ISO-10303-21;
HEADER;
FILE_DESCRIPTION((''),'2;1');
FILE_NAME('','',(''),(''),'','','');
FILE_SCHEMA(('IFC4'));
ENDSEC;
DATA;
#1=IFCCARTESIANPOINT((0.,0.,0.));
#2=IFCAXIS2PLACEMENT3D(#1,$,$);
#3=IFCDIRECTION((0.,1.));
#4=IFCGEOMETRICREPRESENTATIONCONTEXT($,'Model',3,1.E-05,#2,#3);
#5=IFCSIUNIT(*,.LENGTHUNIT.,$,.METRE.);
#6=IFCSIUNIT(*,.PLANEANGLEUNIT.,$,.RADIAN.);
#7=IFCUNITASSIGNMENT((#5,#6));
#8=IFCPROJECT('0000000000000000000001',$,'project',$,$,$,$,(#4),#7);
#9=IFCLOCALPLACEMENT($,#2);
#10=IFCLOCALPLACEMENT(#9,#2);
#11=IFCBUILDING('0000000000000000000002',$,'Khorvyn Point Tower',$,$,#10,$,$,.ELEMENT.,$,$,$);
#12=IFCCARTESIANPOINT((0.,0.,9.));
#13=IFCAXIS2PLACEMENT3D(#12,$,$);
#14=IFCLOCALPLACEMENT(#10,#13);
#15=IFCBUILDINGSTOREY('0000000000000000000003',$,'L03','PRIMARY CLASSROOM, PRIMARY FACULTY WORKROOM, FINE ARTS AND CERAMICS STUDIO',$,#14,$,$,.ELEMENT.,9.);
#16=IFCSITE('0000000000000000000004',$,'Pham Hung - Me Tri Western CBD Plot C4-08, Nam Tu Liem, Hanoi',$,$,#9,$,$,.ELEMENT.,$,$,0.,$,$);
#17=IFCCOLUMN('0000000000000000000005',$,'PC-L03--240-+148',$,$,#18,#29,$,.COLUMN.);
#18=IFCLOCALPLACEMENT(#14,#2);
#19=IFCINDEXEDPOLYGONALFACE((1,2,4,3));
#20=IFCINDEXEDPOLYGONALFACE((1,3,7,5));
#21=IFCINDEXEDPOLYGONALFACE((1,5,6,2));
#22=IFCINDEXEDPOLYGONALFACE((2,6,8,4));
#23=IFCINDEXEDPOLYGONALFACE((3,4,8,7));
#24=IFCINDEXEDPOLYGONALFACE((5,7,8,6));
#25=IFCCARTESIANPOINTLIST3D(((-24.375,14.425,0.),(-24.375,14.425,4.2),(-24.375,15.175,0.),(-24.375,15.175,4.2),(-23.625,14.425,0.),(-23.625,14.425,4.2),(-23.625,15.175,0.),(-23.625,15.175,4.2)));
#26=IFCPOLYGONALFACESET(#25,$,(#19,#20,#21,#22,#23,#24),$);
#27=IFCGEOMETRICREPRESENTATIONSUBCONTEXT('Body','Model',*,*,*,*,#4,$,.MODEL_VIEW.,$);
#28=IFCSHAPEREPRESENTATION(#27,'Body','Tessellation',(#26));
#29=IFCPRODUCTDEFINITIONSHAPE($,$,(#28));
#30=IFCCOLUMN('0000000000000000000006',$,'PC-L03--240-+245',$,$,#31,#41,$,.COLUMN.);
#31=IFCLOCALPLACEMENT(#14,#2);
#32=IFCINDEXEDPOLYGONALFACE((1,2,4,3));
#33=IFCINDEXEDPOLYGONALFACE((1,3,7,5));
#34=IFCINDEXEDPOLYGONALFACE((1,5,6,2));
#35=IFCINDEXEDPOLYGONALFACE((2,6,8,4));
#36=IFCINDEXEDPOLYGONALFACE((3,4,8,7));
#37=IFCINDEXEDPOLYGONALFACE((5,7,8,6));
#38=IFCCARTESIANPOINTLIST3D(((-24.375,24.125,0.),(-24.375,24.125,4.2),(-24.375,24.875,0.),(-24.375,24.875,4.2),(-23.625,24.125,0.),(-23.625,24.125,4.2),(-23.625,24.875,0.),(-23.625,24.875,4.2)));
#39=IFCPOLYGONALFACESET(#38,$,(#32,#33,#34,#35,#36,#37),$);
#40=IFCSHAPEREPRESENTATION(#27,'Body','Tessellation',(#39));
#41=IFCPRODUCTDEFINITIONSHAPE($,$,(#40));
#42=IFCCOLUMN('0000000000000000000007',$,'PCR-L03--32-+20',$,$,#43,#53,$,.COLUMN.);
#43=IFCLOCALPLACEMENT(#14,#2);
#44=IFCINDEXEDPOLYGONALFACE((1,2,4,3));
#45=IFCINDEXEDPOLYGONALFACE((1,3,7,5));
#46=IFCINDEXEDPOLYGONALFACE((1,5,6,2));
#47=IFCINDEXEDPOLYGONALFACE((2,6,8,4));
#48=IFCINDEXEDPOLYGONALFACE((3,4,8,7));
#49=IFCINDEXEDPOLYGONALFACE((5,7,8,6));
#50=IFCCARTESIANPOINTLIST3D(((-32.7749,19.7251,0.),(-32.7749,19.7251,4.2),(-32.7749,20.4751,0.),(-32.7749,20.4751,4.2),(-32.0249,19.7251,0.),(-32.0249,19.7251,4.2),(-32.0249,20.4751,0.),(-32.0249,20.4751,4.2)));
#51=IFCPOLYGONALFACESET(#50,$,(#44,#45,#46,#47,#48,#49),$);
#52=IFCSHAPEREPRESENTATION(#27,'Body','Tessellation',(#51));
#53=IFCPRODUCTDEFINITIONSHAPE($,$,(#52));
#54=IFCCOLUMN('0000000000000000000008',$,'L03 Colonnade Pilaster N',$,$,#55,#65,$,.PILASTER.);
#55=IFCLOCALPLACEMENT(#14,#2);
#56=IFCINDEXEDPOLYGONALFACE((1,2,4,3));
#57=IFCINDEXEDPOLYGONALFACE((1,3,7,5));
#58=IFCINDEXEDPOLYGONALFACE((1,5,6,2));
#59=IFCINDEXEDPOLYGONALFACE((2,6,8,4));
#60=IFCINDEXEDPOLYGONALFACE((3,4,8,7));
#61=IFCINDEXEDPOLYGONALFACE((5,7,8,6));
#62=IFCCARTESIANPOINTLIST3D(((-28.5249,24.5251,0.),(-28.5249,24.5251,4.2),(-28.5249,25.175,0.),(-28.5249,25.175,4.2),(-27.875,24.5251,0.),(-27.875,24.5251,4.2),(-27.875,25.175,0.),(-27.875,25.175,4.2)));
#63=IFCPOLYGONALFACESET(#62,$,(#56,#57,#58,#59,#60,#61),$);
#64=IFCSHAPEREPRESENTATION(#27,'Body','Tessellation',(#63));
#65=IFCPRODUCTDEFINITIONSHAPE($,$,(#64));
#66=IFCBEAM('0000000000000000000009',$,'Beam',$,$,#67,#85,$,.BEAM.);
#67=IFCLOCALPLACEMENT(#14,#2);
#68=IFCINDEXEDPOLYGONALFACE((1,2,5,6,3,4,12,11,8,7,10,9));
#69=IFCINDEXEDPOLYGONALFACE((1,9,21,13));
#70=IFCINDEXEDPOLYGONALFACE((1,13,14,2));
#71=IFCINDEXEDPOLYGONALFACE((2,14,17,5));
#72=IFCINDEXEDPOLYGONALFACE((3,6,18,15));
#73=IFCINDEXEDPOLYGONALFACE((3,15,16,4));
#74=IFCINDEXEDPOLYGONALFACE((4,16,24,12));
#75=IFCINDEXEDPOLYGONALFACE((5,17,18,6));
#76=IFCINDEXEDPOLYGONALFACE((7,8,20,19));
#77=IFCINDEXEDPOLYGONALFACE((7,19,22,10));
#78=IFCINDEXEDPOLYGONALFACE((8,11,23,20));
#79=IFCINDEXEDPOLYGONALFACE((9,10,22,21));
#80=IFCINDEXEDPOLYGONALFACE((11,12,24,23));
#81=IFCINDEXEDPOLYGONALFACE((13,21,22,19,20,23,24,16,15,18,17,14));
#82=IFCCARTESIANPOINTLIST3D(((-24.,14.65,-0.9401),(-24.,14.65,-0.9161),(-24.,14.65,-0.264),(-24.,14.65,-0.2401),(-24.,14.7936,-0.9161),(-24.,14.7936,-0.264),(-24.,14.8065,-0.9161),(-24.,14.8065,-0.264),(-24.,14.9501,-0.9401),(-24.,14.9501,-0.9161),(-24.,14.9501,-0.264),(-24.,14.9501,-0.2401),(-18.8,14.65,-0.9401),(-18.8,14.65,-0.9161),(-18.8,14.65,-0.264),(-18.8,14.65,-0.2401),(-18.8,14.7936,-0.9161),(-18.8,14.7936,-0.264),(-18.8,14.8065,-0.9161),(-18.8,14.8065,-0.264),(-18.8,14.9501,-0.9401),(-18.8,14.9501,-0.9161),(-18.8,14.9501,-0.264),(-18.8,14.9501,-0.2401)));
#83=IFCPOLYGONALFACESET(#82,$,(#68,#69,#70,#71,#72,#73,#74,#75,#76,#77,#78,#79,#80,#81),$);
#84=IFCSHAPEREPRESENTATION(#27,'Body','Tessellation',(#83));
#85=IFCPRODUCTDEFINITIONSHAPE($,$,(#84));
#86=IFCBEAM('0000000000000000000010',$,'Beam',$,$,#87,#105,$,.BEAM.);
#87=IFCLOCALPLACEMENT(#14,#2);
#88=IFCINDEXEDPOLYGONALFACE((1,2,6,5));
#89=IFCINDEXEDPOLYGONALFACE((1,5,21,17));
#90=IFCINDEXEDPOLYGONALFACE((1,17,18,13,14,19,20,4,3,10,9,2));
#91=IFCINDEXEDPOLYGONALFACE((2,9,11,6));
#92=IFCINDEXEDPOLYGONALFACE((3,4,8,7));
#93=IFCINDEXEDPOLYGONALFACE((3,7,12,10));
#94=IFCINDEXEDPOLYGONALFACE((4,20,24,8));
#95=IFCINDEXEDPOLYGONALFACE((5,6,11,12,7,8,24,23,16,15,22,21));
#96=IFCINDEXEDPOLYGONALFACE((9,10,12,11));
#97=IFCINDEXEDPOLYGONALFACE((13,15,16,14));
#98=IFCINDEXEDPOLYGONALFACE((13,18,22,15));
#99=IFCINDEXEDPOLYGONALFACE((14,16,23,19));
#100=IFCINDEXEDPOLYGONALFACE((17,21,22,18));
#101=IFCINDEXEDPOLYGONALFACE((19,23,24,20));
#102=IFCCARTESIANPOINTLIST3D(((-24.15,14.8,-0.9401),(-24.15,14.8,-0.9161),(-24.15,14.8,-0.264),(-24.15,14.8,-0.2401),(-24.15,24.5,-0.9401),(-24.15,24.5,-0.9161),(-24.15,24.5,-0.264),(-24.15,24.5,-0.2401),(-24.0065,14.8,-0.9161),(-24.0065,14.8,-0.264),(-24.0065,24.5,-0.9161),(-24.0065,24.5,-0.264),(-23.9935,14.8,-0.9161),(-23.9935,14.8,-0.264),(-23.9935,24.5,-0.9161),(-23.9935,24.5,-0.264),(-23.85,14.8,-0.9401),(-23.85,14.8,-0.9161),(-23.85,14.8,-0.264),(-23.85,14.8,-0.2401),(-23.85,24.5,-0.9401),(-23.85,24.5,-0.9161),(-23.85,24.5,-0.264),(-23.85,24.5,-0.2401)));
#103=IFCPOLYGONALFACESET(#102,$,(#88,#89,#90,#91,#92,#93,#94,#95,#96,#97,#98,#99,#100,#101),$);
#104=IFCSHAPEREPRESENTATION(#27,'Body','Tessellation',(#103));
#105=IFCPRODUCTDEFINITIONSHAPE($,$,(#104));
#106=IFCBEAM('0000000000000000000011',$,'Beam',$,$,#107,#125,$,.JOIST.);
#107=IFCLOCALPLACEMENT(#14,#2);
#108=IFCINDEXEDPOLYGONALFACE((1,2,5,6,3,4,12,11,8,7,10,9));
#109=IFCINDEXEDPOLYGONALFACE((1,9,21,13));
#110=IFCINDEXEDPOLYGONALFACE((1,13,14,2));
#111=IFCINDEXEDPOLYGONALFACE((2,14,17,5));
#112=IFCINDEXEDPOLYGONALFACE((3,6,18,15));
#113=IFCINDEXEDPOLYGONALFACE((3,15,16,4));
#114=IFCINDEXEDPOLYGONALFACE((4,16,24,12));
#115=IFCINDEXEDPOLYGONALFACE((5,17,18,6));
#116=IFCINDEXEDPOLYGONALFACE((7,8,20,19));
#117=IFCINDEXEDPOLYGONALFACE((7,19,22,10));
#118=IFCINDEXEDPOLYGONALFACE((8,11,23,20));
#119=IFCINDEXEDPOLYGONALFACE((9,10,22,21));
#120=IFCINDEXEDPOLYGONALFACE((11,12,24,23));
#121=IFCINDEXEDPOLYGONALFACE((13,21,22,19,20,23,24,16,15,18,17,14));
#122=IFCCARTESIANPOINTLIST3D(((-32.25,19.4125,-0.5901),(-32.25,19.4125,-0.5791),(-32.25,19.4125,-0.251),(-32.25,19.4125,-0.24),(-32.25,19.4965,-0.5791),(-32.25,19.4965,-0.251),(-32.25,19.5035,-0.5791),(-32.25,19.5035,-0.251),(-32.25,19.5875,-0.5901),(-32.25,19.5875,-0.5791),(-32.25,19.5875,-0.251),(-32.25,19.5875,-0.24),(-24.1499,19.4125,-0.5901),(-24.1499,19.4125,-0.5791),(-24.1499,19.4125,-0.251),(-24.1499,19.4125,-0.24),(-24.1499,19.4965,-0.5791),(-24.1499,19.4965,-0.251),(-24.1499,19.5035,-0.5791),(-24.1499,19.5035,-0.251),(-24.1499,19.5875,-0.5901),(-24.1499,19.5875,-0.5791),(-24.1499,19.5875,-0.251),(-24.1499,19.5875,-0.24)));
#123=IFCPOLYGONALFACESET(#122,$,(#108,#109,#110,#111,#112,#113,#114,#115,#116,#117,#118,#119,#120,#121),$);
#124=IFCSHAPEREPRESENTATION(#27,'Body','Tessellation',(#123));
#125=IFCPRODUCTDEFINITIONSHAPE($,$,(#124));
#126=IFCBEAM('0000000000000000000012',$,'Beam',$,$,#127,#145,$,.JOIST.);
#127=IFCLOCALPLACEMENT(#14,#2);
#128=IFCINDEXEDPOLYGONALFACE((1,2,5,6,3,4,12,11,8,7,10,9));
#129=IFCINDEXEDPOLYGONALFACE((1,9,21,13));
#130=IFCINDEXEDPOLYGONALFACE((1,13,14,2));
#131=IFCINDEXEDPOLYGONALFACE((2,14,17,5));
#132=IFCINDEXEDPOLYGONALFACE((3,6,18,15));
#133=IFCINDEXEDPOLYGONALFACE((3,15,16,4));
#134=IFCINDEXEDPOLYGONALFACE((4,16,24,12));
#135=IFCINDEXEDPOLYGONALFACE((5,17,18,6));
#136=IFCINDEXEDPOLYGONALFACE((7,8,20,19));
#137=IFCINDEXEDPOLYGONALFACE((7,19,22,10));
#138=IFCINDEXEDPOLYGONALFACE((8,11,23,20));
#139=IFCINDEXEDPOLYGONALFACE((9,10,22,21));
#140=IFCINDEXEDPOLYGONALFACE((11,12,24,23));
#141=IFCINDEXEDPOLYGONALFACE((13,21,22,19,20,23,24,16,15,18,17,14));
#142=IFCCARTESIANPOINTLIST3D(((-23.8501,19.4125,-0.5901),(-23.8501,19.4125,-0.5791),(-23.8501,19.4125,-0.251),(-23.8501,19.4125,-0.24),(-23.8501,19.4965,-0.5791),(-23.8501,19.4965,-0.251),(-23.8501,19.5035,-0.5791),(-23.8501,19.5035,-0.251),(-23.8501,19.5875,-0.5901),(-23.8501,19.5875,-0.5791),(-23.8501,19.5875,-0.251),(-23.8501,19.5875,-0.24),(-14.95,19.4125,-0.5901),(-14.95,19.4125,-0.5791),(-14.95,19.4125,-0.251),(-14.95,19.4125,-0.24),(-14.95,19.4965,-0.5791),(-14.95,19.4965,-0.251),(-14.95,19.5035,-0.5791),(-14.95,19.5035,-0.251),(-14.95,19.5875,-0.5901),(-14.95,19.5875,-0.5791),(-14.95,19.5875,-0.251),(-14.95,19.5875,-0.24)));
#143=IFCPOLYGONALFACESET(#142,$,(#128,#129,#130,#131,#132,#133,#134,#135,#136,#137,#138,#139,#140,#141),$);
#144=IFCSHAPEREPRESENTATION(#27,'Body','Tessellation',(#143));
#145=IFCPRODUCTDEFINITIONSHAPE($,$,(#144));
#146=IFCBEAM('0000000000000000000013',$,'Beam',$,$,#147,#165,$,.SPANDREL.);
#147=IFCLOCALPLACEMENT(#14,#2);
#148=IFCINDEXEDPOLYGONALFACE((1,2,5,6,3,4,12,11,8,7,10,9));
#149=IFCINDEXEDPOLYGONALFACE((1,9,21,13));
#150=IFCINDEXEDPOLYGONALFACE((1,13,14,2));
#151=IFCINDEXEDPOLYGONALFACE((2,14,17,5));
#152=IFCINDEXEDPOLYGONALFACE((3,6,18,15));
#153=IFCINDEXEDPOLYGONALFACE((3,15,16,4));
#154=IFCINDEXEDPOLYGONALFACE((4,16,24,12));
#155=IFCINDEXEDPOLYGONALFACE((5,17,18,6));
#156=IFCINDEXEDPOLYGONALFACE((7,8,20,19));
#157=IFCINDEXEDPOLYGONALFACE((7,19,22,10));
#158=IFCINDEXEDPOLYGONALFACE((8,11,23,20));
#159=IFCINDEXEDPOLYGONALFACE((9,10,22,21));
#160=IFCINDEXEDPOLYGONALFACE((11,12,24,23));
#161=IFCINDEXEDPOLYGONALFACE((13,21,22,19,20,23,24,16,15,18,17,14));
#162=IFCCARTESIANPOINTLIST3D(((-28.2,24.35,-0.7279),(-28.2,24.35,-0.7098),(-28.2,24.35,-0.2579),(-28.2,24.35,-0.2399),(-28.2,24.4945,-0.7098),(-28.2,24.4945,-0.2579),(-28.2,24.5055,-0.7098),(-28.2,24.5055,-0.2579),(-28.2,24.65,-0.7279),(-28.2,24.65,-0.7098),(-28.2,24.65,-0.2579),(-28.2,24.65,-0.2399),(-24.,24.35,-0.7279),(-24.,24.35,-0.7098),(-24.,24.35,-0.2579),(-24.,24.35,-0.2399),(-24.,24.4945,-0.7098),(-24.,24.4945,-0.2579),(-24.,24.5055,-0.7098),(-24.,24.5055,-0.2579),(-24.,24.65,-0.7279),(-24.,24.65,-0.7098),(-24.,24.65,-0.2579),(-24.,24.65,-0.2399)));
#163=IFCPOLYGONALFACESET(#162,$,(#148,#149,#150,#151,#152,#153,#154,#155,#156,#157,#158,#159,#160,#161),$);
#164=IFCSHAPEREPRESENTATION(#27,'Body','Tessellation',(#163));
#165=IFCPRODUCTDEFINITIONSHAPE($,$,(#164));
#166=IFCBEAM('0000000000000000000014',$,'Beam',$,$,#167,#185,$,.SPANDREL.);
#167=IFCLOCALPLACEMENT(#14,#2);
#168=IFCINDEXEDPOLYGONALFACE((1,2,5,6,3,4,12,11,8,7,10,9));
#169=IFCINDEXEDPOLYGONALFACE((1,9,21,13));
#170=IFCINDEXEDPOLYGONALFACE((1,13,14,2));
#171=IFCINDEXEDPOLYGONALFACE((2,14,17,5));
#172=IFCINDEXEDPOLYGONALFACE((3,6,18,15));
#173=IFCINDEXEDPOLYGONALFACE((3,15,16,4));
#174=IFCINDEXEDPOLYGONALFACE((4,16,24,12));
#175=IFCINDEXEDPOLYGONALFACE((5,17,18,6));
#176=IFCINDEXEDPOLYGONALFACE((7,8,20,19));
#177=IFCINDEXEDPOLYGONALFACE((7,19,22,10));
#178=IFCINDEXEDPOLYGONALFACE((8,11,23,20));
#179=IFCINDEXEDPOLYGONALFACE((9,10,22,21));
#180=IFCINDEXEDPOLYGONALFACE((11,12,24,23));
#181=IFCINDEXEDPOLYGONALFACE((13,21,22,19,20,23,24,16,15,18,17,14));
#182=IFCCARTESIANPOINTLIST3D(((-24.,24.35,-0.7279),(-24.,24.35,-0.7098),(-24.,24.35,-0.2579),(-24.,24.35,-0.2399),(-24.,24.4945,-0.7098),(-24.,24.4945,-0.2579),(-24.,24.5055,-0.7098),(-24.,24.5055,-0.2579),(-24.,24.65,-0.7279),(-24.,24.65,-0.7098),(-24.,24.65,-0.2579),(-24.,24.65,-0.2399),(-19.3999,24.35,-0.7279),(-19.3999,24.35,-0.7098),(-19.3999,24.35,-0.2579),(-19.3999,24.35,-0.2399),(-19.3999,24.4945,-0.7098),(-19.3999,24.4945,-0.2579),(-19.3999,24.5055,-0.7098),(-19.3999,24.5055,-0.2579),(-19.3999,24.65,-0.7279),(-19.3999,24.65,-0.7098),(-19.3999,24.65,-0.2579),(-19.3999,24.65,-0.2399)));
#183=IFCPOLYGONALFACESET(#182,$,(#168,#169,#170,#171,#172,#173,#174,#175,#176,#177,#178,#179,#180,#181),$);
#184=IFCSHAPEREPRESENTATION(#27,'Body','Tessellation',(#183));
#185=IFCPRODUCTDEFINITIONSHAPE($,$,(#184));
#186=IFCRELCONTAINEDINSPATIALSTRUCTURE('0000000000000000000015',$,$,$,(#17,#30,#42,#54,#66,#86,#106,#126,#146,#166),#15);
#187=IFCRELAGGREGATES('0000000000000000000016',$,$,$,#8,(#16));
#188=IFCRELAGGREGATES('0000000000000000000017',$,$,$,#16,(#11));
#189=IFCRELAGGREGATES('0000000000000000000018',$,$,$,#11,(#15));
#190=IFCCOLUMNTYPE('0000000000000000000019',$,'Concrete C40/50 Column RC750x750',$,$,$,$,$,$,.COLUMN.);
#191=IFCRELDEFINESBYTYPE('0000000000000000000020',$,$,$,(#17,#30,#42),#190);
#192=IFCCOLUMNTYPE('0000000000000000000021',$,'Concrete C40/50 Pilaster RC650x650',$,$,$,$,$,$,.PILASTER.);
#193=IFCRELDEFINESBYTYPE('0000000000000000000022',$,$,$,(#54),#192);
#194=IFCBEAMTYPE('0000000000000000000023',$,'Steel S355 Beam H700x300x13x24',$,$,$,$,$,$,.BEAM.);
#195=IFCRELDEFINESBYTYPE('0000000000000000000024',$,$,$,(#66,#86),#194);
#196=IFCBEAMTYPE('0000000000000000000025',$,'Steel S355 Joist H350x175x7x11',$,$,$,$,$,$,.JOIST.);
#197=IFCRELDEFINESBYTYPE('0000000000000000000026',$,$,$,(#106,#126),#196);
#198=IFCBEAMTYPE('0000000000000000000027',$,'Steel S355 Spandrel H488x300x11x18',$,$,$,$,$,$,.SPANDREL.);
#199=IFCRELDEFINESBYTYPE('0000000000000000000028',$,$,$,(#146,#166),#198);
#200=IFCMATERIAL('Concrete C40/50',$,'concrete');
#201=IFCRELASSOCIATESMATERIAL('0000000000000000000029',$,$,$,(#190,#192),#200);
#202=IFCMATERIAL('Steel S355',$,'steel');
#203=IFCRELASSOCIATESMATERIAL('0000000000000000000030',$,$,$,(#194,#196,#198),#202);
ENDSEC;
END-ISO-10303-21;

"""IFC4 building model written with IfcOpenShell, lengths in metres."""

from ifc_helpers import new_model, si_unit, direction, frame, origin, origin_2d, place, context, subcontext, project, spatial, rectangle, i_section, extrude, material, material_profile, profile_set, type_object, element, save


model = new_model("IFC4")

# Units and contexts
model_context = context("Model", 3, precision=1e-05, world=origin(), true_north=direction((0.0, 1.0)))
body_context = subcontext(model_context, "Body", "Model", "MODEL_VIEW")
ifc_project = project(units=[si_unit("LENGTHUNIT", "METRE"), si_unit("PLANEANGLEUNIT", "RADIAN")], contexts=[model_context])

# Site, building, storey
site_placement = place(None, origin())
site = spatial("IfcSite", under=ifc_project, at=site_placement, Name="Pham Hung - Me Tri Western CBD Plot C4-08, Nam Tu Liem, Hanoi", CompositionType="ELEMENT", RefElevation=0.0)
building_placement = place(site_placement, origin())
building = spatial("IfcBuilding", under=site, at=building_placement, Name="Khorvyn Point Tower", CompositionType="ELEMENT")
storey_placement = place(building_placement, frame((0.0, 0.0, 9.0)))
storey = spatial("IfcBuildingStorey", under=building, at=storey_placement, Name="L03", Description="PRIMARY CLASSROOM, PRIMARY FACULTY WORKROOM, FINE ARTS AND CERAMICS STUDIO", CompositionType="ELEMENT", Elevation=9.0)

# Columns
ifc_material_1 = material(Name="Concrete C40/50", Category="concrete")
ifc_material_profile_1 = material_profile(ifc_material_1, rectangle(XDim=0.75, YDim=0.75, at=origin_2d()))
ifc_profile_set_1 = profile_set([ifc_material_profile_1], Name="Concrete C40/50 RC750x750")
column_type_1 = type_object("IfcColumnType", Name="Concrete C40/50 Column RC750x750", PredefinedType="COLUMN", material=ifc_profile_set_1)
for number, where, z_axis, x_axis, name in (
    (1, (-24.0, 14.8, 0.0), (0.0, 0.0, 1.0), (1.0, 0.0, 0.0), "PC-L03--240-+148"),
    (2, (-24.0, 24.5, 0.0), (0.0, 0.0, 1.0), (1.0, 0.0, 0.0), "PC-L03--240-+245"),
    (3, (-32.3999, 20.1001, 0.0), (0.0, 0.0, 1.0), (1.0, 0.0, 0.0), "PCR-L03--32-+20"),
):
    element("IfcColumn", number, at=place(storey_placement, frame(where, z_axis=z_axis, x_axis=x_axis)), inside=storey, type_object=column_type_1, Name=name, PredefinedType="COLUMN", context=body_context, shape_type="SweptSolid", body=[
        extrude(rectangle(XDim=0.75, YDim=0.75, at=origin_2d()), origin(), (0.0, 0.0, 1.0), 4.2),
    ])
ifc_material_profile_2 = material_profile(ifc_material_1, rectangle(XDim=0.6499, YDim=0.6499, at=origin_2d()))
ifc_profile_set_2 = profile_set([ifc_material_profile_2], Name="Concrete C40/50 RC650x650")
column_type_2 = type_object("IfcColumnType", Name="Concrete C40/50 Pilaster RC650x650", PredefinedType="PILASTER", material=ifc_profile_set_2)
column_placement = place(storey_placement, frame((-28.2, 24.8501, 0.0), z_axis=(0.0, 0.0, 1.0), x_axis=(1.0, 0.0, 0.0)))
element("IfcColumn", 4, at=column_placement, inside=storey, type_object=column_type_2, Name="L03 Colonnade Pilaster N", PredefinedType="PILASTER", context=body_context, shape_type="SweptSolid", body=[
    extrude(rectangle(XDim=0.6499, YDim=0.6499, at=origin_2d()), origin(), (0.0, 0.0, 1.0), 4.2),
])

# Beams
ifc_material_2 = material(Name="Steel S355", Category="steel")
ifc_material_profile_3 = material_profile(ifc_material_2, i_section(OverallWidth=0.3, OverallDepth=0.7, WebThickness=0.0129, FlangeThickness=0.0239, at=origin_2d()))
ifc_profile_set_3 = profile_set([ifc_material_profile_3], Name="Steel S355 H700x300x13x24")
beam_type_1 = type_object("IfcBeamType", Name="Steel S355 Beam H700x300x13x24", PredefinedType="BEAM", material=ifc_profile_set_3)
beam_1_placement = place(storey_placement, frame((-24.0, 14.8, -0.5901), z_axis=(1.0, 0.0, 0.0), x_axis=(0.0, 1.0, 0.0)))
element("IfcBeam", 5, at=beam_1_placement, inside=storey, type_object=beam_type_1, Name="Beam", PredefinedType="BEAM", context=body_context, shape_type="SweptSolid", body=[
    extrude(i_section(OverallWidth=0.3, OverallDepth=0.7, WebThickness=0.0129, FlangeThickness=0.0239, at=origin_2d()), origin(), (0.0, 0.0, 1.0), 5.2),
])
beam_2_placement = place(storey_placement, frame((-24.0, 14.8, -0.5901), z_axis=(0.0, 1.0, 0.0), x_axis=(-1.0, 0.0, 0.0)))
element("IfcBeam", 6, at=beam_2_placement, inside=storey, type_object=beam_type_1, Name="Beam", PredefinedType="BEAM", context=body_context, shape_type="SweptSolid", body=[
    extrude(i_section(OverallWidth=0.3, OverallDepth=0.7, WebThickness=0.0129, FlangeThickness=0.0239, at=origin_2d()), origin(), (0.0, 0.0, 1.0), 9.7),
])
ifc_material_profile_4 = material_profile(ifc_material_2, i_section(OverallWidth=0.175, OverallDepth=0.3501, WebThickness=0.0071, FlangeThickness=0.011, at=origin_2d()))
ifc_profile_set_4 = profile_set([ifc_material_profile_4], Name="Steel S355 H350x175x7x11")
beam_type_2 = type_object("IfcBeamType", Name="Steel S355 Joist H350x175x7x11", PredefinedType="JOIST", material=ifc_profile_set_4)
beam_3_placement = place(storey_placement, frame((-32.25, 19.5, -0.415), z_axis=(1.0, 0.0, 0.0), x_axis=(0.0, 1.0, 0.0)))
element("IfcBeam", 7, at=beam_3_placement, inside=storey, type_object=beam_type_2, Name="Beam", PredefinedType="JOIST", context=body_context, shape_type="SweptSolid", body=[
    extrude(i_section(OverallWidth=0.175, OverallDepth=0.3501, WebThickness=0.0071, FlangeThickness=0.011, at=origin_2d()), origin(), (0.0, 0.0, 1.0), 8.1001),
])
beam_4_placement = place(storey_placement, frame((-23.8501, 19.5, -0.415), z_axis=(1.0, 0.0, 0.0), x_axis=(0.0, 1.0, 0.0)))
element("IfcBeam", 8, at=beam_4_placement, inside=storey, type_object=beam_type_2, Name="Beam", PredefinedType="JOIST", context=body_context, shape_type="SweptSolid", body=[
    extrude(i_section(OverallWidth=0.175, OverallDepth=0.3501, WebThickness=0.0071, FlangeThickness=0.011, at=origin_2d()), origin(), (0.0, 0.0, 1.0), 8.9001),
])
ifc_material_profile_5 = material_profile(ifc_material_2, i_section(OverallWidth=0.3, OverallDepth=0.488, WebThickness=0.011, FlangeThickness=0.0181, at=origin_2d()))
ifc_profile_set_5 = profile_set([ifc_material_profile_5], Name="Steel S355 H488x300x11x18")
beam_type_3 = type_object("IfcBeamType", Name="Steel S355 Spandrel H488x300x11x18", PredefinedType="SPANDREL", material=ifc_profile_set_5)
beam_5_placement = place(storey_placement, frame((-28.2, 24.5, -0.4839), z_axis=(1.0, 0.0, 0.0), x_axis=(0.0, 1.0, 0.0)))
element("IfcBeam", 9, at=beam_5_placement, inside=storey, type_object=beam_type_3, Name="Beam", PredefinedType="SPANDREL", context=body_context, shape_type="SweptSolid", body=[
    extrude(i_section(OverallWidth=0.3, OverallDepth=0.488, WebThickness=0.011, FlangeThickness=0.0181, at=origin_2d()), origin(), (0.0, 0.0, 1.0), 4.2),
])
beam_6_placement = place(storey_placement, frame((-24.0, 24.5, -0.4839), z_axis=(1.0, 0.0, 0.0), x_axis=(0.0, 1.0, 0.0)))
element("IfcBeam", 10, at=beam_6_placement, inside=storey, type_object=beam_type_3, Name="Beam", PredefinedType="SPANDREL", context=body_context, shape_type="SweptSolid", body=[
    extrude(i_section(OverallWidth=0.3, OverallDepth=0.488, WebThickness=0.011, FlangeThickness=0.0181, at=origin_2d()), origin(), (0.0, 0.0, 1.0), 4.6001),
])

save(model, "model.ifc")
